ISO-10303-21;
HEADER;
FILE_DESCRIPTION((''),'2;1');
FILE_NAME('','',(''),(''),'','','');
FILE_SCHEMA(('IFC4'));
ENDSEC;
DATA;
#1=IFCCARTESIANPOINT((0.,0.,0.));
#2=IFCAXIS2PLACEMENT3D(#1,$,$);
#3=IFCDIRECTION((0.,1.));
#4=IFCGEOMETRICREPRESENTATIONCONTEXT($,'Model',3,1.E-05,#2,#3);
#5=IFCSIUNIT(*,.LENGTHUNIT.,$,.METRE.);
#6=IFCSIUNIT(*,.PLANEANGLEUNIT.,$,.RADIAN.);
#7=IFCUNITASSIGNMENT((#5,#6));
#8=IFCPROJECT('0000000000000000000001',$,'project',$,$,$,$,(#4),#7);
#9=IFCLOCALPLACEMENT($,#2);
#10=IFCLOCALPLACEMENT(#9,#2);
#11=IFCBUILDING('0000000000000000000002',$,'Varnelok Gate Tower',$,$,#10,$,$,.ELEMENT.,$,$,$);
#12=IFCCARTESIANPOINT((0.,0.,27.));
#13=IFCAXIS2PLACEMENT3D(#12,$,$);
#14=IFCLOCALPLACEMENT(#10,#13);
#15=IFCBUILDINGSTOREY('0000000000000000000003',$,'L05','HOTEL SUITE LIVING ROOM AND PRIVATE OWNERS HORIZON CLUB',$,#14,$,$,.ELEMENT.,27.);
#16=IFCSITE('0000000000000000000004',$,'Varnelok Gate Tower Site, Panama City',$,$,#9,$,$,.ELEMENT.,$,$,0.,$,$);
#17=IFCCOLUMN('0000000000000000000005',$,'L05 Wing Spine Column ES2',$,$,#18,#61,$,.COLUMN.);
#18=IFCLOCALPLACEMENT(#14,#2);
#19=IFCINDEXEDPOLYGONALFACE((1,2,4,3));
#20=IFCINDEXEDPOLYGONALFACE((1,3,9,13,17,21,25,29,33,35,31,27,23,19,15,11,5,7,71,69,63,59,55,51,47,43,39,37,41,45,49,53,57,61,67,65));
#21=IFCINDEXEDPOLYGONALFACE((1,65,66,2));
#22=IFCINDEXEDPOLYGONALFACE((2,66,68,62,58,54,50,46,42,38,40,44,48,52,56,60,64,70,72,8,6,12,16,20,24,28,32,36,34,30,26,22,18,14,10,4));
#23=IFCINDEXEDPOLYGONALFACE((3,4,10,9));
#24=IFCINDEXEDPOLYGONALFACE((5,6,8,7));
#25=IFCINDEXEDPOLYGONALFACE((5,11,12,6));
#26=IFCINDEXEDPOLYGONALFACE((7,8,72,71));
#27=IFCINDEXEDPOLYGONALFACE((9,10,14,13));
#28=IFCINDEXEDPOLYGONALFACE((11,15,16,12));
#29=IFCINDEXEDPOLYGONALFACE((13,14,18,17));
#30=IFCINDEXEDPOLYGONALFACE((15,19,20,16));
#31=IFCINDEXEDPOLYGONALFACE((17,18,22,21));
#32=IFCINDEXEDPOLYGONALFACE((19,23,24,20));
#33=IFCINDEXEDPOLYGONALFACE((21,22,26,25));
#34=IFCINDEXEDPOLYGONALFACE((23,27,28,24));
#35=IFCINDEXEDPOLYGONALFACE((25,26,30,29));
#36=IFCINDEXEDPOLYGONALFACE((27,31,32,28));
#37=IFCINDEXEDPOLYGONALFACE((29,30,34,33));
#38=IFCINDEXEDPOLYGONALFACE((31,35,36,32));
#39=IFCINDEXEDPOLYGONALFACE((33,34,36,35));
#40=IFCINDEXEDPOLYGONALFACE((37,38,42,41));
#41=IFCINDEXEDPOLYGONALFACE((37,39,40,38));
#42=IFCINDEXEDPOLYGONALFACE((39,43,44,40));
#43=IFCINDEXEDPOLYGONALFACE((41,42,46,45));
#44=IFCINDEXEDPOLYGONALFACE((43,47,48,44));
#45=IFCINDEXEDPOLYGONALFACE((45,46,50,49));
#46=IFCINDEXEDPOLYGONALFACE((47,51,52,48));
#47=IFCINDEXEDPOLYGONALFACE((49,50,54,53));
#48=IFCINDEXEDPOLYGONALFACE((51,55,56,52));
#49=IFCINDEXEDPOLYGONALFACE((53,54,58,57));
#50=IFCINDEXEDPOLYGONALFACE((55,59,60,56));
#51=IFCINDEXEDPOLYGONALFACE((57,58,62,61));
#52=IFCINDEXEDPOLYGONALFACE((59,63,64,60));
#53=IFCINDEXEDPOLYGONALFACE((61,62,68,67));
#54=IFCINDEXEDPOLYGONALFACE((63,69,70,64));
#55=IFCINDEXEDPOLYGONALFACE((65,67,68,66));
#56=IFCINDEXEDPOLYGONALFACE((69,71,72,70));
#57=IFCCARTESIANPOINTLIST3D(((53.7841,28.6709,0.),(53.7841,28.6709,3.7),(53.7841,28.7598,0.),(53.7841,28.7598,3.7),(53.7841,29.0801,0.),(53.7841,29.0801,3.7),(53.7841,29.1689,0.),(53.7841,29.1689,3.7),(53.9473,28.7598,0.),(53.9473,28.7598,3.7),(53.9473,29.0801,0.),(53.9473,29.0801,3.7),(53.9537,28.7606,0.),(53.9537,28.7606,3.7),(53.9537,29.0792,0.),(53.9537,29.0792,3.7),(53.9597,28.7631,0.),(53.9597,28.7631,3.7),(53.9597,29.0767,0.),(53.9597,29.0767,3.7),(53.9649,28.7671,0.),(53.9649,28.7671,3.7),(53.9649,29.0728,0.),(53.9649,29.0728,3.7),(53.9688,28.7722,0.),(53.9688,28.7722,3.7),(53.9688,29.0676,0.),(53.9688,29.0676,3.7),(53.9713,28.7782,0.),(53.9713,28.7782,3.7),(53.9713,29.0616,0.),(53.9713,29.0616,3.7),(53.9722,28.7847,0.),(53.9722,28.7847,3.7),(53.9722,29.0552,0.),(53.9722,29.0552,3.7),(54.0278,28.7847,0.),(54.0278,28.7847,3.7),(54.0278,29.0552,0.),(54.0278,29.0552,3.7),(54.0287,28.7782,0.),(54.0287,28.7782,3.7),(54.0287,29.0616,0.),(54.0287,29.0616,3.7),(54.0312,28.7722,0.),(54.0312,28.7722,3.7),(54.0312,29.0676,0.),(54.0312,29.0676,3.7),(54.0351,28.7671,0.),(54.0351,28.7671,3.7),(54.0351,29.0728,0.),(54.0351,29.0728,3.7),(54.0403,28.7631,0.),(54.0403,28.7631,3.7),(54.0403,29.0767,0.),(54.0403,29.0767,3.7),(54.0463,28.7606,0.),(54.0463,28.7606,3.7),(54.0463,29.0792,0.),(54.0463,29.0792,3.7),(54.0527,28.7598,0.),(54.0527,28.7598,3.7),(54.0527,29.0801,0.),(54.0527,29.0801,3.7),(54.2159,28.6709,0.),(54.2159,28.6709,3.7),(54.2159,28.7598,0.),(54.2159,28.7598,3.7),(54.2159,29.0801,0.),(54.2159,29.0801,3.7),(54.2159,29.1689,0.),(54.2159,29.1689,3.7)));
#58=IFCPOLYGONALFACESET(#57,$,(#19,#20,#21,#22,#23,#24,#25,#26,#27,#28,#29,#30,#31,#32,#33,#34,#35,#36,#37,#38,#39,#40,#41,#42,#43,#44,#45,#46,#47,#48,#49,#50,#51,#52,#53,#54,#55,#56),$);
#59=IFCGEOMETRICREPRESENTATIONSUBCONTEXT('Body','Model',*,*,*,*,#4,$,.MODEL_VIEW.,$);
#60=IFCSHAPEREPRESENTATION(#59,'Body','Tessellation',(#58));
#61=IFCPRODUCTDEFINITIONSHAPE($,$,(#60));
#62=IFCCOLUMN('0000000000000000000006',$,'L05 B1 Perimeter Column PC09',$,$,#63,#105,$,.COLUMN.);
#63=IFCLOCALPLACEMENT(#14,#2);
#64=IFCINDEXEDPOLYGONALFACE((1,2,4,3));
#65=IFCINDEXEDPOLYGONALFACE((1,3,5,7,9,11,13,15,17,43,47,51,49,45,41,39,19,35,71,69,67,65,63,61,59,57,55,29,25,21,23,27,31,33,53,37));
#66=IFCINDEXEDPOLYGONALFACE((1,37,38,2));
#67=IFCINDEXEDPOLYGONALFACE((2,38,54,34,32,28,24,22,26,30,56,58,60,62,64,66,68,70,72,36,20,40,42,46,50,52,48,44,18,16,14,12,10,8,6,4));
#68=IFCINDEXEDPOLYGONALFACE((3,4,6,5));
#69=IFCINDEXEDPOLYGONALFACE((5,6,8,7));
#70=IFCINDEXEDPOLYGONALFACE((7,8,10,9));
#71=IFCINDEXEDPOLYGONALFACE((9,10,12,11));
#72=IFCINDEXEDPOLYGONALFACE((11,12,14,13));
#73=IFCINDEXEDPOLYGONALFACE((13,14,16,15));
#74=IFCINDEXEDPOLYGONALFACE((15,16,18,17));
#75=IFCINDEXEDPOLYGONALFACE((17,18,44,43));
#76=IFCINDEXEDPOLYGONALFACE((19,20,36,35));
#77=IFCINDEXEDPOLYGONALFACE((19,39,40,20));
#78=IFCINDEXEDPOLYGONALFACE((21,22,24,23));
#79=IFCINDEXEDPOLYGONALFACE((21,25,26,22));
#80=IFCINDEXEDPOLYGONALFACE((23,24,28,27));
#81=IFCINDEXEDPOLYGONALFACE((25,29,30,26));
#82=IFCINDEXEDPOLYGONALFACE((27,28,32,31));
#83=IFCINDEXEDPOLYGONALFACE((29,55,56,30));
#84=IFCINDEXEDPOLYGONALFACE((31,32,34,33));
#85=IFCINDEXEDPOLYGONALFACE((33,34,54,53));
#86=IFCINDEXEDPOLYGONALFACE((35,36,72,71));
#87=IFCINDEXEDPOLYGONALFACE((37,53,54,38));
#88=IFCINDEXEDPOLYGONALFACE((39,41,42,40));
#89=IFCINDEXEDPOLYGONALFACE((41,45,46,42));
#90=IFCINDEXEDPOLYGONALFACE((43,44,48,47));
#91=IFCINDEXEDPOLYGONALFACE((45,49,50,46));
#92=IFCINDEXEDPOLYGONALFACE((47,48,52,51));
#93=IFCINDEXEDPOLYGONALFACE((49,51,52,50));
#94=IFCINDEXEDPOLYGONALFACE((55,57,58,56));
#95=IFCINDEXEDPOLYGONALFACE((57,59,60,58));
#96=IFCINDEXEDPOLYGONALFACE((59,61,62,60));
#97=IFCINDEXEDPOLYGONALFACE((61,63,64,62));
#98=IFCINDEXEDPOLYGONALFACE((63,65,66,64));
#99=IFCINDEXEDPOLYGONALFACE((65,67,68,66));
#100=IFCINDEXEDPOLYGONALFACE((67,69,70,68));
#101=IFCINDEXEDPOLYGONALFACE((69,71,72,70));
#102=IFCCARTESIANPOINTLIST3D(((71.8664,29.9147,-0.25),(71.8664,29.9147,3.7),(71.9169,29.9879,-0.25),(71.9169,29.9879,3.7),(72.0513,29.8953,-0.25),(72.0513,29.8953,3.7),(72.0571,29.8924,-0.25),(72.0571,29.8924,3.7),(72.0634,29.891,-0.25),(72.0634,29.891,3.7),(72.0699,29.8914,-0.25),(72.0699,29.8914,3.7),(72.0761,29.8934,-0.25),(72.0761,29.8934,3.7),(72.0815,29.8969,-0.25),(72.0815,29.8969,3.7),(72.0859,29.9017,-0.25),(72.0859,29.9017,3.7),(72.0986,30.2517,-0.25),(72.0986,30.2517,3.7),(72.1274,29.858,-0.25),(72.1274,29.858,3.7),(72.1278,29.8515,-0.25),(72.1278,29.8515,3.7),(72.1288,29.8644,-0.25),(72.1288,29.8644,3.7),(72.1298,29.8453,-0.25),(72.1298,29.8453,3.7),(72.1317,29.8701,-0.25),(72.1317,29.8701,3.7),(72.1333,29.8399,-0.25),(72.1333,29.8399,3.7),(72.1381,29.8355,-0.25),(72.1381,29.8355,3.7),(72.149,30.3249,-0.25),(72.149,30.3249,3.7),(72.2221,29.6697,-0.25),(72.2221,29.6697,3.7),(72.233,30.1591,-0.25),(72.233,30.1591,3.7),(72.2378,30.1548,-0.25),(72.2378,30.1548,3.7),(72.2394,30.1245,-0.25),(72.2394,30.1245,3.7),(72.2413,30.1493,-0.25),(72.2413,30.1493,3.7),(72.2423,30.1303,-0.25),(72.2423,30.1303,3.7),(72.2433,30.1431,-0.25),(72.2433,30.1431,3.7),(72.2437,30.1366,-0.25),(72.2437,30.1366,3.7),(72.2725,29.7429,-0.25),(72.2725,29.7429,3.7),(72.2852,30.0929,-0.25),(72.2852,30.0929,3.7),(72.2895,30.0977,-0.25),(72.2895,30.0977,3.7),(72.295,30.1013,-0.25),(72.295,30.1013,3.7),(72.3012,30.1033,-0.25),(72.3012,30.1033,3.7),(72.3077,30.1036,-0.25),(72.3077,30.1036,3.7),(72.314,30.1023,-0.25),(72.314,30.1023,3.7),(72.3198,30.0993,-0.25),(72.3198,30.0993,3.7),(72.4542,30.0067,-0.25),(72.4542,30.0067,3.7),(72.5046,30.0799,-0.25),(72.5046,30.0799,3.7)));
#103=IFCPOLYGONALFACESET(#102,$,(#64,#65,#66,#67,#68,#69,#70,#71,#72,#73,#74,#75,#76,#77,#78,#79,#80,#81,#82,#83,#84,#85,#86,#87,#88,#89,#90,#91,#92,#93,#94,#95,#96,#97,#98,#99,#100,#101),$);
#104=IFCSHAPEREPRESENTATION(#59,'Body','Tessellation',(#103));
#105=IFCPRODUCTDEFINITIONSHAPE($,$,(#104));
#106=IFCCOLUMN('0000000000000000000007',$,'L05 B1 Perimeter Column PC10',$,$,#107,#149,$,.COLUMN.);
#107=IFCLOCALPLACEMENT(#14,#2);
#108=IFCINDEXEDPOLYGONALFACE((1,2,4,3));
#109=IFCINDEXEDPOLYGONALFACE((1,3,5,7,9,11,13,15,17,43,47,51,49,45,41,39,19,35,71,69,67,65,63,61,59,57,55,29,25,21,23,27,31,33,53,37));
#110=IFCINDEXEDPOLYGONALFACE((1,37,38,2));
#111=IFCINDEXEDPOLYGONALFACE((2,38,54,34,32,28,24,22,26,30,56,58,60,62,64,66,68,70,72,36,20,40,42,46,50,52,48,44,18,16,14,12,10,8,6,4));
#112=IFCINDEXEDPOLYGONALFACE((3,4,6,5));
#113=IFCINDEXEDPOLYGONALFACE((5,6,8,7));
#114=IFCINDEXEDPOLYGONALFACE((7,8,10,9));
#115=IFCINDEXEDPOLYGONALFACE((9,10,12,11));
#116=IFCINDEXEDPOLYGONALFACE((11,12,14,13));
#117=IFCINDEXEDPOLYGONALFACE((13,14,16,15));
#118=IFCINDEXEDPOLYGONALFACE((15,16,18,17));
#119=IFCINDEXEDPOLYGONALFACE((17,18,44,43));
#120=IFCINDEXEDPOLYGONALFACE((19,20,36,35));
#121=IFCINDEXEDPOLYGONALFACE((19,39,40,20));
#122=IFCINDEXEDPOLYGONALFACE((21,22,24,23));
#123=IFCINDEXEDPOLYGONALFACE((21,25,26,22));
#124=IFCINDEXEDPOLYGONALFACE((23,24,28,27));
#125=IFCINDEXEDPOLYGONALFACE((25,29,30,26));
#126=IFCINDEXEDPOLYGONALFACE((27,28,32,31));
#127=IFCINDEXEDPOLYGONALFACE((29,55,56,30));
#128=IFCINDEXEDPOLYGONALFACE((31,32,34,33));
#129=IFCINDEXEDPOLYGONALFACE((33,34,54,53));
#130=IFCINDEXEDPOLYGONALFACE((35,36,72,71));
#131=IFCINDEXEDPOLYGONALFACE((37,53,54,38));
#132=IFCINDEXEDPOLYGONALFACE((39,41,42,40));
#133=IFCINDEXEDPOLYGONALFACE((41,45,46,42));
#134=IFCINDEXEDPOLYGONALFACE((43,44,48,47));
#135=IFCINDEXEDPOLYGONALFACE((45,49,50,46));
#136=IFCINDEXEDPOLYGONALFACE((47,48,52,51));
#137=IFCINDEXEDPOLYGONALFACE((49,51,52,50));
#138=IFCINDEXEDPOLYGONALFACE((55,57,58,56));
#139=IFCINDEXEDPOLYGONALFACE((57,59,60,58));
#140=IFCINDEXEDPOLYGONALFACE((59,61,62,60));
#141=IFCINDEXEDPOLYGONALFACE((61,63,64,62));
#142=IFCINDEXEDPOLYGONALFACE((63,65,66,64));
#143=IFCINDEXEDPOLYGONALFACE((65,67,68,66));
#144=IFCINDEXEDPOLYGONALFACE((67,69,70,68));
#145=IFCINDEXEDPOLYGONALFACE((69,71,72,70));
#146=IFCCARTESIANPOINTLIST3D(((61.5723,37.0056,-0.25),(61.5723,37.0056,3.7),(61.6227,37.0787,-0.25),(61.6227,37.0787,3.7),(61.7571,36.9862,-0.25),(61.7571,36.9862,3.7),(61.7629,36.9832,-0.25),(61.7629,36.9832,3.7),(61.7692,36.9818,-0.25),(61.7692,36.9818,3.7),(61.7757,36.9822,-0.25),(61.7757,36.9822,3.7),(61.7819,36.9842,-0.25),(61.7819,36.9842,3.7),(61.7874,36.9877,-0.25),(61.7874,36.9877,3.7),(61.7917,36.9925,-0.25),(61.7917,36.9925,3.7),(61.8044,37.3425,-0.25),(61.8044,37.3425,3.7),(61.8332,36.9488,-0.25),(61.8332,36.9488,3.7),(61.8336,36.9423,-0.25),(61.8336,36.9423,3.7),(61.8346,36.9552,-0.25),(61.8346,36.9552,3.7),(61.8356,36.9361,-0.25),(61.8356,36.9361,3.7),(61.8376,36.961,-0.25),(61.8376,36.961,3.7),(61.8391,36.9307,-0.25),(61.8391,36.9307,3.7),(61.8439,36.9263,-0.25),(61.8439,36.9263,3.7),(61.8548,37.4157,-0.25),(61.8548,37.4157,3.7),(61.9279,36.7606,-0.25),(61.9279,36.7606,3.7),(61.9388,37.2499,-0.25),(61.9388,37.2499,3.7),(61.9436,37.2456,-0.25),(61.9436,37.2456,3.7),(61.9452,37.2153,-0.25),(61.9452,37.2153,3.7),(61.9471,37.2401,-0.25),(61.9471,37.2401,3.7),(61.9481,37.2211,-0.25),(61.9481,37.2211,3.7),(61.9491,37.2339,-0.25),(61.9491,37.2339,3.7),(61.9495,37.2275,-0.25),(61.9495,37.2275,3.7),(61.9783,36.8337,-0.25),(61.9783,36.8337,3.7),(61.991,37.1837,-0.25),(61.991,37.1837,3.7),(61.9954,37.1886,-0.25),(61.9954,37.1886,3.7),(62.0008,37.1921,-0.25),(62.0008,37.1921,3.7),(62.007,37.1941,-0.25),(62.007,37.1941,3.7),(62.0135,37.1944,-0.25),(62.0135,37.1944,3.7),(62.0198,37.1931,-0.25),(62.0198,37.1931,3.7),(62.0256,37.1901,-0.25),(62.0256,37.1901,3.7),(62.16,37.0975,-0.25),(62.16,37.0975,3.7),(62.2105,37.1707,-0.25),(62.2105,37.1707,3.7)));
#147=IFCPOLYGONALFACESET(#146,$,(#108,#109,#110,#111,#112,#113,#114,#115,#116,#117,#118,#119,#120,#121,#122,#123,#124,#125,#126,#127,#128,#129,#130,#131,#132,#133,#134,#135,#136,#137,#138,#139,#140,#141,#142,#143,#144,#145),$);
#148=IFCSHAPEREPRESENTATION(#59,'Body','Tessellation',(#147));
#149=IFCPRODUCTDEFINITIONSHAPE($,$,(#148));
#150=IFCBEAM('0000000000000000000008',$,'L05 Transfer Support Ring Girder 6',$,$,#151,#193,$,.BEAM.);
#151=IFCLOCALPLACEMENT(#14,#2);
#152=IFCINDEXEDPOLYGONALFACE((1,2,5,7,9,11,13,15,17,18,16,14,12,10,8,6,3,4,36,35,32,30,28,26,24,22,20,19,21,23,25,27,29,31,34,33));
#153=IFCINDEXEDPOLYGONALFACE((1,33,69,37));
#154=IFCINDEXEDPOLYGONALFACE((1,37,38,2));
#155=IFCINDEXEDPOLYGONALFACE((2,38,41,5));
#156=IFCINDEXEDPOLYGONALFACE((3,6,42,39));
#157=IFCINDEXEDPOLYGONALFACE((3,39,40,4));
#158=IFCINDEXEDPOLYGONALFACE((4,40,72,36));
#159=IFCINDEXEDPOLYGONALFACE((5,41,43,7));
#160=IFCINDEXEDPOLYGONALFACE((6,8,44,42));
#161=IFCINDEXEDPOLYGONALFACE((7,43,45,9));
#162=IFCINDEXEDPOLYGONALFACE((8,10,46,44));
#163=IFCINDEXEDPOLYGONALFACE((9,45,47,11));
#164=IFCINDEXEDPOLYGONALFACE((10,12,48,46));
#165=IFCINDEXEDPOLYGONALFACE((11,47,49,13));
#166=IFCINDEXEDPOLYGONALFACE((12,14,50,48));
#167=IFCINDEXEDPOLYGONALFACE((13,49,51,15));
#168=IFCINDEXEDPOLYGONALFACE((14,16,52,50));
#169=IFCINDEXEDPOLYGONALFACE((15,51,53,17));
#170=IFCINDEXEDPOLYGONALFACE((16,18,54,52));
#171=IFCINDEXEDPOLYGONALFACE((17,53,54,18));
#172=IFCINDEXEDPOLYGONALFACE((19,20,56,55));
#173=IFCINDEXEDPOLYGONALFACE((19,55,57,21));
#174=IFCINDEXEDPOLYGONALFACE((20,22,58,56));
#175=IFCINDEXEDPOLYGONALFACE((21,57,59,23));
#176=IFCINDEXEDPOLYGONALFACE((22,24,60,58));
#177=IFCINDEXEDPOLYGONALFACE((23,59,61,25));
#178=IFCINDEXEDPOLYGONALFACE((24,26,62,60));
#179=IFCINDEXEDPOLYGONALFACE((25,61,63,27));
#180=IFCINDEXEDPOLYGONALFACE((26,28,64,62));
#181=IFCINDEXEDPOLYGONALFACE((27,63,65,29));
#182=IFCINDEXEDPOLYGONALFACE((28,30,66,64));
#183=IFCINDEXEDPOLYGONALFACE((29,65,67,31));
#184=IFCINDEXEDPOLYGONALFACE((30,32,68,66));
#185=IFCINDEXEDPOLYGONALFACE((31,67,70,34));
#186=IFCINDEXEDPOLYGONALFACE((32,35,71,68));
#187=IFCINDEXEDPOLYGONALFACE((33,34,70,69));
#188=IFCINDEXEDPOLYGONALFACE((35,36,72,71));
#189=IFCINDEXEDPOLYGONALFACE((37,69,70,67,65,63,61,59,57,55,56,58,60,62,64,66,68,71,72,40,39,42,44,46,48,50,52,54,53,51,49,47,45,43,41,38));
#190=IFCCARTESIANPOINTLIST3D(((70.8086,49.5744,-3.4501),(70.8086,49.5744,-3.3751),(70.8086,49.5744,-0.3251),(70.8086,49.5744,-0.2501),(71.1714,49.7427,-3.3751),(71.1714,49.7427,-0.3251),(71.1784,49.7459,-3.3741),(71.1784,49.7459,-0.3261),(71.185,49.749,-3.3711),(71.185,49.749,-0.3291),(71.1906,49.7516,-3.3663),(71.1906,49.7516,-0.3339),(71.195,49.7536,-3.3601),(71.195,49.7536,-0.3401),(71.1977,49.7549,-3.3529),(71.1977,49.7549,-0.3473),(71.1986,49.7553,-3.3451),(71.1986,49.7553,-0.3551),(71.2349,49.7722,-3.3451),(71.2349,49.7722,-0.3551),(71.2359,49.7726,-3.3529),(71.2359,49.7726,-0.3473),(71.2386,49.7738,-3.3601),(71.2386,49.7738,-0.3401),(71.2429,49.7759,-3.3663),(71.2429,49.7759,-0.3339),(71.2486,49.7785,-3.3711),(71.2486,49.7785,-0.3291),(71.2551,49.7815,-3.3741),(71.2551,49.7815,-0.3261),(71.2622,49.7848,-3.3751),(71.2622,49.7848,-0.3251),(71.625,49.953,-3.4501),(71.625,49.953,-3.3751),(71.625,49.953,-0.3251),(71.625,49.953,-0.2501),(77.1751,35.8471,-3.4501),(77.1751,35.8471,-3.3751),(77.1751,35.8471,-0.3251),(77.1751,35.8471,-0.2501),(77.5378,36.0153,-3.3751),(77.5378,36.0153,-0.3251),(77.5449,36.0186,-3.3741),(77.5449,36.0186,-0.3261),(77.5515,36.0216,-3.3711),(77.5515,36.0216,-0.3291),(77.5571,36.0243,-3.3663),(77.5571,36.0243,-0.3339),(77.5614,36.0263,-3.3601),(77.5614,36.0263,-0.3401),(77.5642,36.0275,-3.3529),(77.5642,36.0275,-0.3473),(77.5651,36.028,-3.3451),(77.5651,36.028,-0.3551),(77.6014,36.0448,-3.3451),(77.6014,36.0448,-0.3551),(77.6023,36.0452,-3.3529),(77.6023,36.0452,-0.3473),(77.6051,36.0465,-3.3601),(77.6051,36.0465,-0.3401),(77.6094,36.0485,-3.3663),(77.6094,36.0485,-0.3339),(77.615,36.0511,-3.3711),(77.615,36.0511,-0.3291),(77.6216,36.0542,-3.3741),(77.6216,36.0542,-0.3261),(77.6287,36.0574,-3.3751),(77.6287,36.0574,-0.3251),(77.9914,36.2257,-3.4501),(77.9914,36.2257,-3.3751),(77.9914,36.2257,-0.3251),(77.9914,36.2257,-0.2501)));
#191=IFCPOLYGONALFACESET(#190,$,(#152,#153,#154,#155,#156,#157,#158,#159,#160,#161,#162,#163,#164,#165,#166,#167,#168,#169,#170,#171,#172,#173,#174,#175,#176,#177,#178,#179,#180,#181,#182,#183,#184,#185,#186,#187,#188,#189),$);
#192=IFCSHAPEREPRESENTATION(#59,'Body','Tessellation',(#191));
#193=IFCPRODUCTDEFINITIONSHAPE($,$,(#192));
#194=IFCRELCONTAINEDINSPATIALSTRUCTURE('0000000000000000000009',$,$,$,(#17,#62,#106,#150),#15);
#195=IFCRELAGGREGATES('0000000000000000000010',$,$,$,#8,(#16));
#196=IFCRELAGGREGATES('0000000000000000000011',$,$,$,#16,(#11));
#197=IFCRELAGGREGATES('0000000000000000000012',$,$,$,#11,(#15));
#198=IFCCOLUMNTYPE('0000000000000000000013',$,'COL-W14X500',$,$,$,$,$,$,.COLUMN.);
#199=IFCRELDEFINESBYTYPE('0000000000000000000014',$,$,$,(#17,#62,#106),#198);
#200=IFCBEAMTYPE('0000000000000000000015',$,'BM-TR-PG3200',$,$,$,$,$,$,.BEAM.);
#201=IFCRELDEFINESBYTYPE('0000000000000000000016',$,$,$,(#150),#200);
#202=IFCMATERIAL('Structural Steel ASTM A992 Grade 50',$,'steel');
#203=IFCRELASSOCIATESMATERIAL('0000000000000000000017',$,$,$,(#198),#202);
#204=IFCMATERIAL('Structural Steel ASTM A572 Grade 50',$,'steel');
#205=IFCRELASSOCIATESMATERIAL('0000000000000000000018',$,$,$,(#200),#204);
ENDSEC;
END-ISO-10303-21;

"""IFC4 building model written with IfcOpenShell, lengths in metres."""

from ifc_helpers import new_model, si_unit, direction, frame, origin, origin_2d, place, context, subcontext, project, spatial, i_section, extrude, material, material_profile, profile_set, type_object, element, save


model = new_model("IFC4")

# Units and contexts
model_context = context("Model", 3, precision=1e-05, world=origin(), true_north=direction((0.0, 1.0)))
body_context = subcontext(model_context, "Body", "Model", "MODEL_VIEW")
ifc_project = project(units=[si_unit("LENGTHUNIT", "METRE"), si_unit("PLANEANGLEUNIT", "RADIAN")], contexts=[model_context])

# Site, building, storey
site_placement = place(None, origin())
site = spatial("IfcSite", under=ifc_project, at=site_placement, Name="Varnelok Gate Tower Site, Panama City", CompositionType="ELEMENT", RefElevation=0.0)
building_placement = place(site_placement, origin())
building = spatial("IfcBuilding", under=site, at=building_placement, Name="Varnelok Gate Tower", CompositionType="ELEMENT")
storey_placement = place(building_placement, frame((0.0, 0.0, 27.0)))
storey = spatial("IfcBuildingStorey", under=building, at=storey_placement, Name="L05", Description="HOTEL SUITE LIVING ROOM AND PRIVATE OWNERS HORIZON CLUB", CompositionType="ELEMENT", Elevation=27.0)

# Columns
ifc_material_1 = material(Name="Structural Steel ASTM A992 Grade 50", Category="steel")
ifc_material_profile_1 = material_profile(ifc_material_1, i_section(OverallWidth=0.4319, OverallDepth=0.498, WebThickness=0.0557, FlangeThickness=0.0889, FilletRadius=0.0249, at=origin_2d()), Name="W14X500")
ifc_profile_set_1 = profile_set([ifc_material_profile_1], Name="Structural Steel ASTM A992 Grade 50")
column_type = type_object("IfcColumnType", Name="COL-W14X500", PredefinedType="COLUMN", material=ifc_profile_set_1)
column_placement = place(storey_placement, frame((54.0, 28.9199, 0.0), z_axis=(0.0, 0.0, 1.0), x_axis=(1.0, 0.0, 0.0)))
element("IfcColumn", 1, at=column_placement, inside=storey, type_object=column_type, Name="L05 Wing Spine Column ES2", PredefinedType="COLUMN", context=body_context, shape_type="SweptSolid", body=[
    extrude(i_section(OverallWidth=0.4319, OverallDepth=0.498, WebThickness=0.0557, FlangeThickness=0.0889, FilletRadius=0.0249, at=origin_2d()), origin(), (0.0, 0.0, 1.0), 3.7),
])
for number, where, z_axis, x_axis, name in (
    (2, (72.1855, 29.9973, -0.25), (0.0, 0.0, 1.0), (0.823533, -0.567269, 0.0), "L05 B1 Perimeter Column PC09"),
    (3, (61.8914, 37.0881, -0.25), (0.0, 0.0, 1.0), (0.823533, -0.567269, 0.0), "L05 B1 Perimeter Column PC10"),
):
    element("IfcColumn", number, at=place(storey_placement, frame(where, z_axis=z_axis, x_axis=x_axis)), inside=storey, type_object=column_type, Name=name, PredefinedType="COLUMN", context=body_context, shape_type="SweptSolid", body=[
        extrude(i_section(OverallWidth=0.4319, OverallDepth=0.498, WebThickness=0.0557, FlangeThickness=0.0889, FilletRadius=0.0249, at=origin_2d()), origin(), (0.0, 0.0, 1.0), 3.95),
    ])

# Beam
ifc_material_2 = material(Name="Structural Steel ASTM A572 Grade 50", Category="steel")
ifc_material_profile_2 = material_profile(ifc_material_2, i_section(OverallWidth=0.8999, OverallDepth=3.2, WebThickness=0.04, FlangeThickness=0.075, FilletRadius=0.03, at=origin_2d()), Name="PG3200X900")
ifc_profile_set_2 = profile_set([ifc_material_profile_2], Name="Structural Steel ASTM A572 Grade 50")
beam_type = type_object("IfcBeamType", Name="BM-TR-PG3200", PredefinedType="BEAM", material=ifc_profile_set_2)
beam_1_placement = place(storey_placement, frame((77.5833, 36.0364, -1.8501), z_axis=(-0.420734, 0.907184, 0.0), x_axis=(-0.907184, -0.420734, 0.0)))
element("IfcBeam", 4, at=beam_1_placement, inside=storey, type_object=beam_type, Name="L05 Transfer Support Ring Girder 6", PredefinedType="BEAM", context=body_context, shape_type="SweptSolid", body=[
    extrude(i_section(OverallWidth=0.8999, OverallDepth=3.2, WebThickness=0.04, FlangeThickness=0.075, FilletRadius=0.03, at=origin_2d()), origin(), (0.0, 0.0, 1.0), 15.1318),
])

save(model, "model.ifc")
